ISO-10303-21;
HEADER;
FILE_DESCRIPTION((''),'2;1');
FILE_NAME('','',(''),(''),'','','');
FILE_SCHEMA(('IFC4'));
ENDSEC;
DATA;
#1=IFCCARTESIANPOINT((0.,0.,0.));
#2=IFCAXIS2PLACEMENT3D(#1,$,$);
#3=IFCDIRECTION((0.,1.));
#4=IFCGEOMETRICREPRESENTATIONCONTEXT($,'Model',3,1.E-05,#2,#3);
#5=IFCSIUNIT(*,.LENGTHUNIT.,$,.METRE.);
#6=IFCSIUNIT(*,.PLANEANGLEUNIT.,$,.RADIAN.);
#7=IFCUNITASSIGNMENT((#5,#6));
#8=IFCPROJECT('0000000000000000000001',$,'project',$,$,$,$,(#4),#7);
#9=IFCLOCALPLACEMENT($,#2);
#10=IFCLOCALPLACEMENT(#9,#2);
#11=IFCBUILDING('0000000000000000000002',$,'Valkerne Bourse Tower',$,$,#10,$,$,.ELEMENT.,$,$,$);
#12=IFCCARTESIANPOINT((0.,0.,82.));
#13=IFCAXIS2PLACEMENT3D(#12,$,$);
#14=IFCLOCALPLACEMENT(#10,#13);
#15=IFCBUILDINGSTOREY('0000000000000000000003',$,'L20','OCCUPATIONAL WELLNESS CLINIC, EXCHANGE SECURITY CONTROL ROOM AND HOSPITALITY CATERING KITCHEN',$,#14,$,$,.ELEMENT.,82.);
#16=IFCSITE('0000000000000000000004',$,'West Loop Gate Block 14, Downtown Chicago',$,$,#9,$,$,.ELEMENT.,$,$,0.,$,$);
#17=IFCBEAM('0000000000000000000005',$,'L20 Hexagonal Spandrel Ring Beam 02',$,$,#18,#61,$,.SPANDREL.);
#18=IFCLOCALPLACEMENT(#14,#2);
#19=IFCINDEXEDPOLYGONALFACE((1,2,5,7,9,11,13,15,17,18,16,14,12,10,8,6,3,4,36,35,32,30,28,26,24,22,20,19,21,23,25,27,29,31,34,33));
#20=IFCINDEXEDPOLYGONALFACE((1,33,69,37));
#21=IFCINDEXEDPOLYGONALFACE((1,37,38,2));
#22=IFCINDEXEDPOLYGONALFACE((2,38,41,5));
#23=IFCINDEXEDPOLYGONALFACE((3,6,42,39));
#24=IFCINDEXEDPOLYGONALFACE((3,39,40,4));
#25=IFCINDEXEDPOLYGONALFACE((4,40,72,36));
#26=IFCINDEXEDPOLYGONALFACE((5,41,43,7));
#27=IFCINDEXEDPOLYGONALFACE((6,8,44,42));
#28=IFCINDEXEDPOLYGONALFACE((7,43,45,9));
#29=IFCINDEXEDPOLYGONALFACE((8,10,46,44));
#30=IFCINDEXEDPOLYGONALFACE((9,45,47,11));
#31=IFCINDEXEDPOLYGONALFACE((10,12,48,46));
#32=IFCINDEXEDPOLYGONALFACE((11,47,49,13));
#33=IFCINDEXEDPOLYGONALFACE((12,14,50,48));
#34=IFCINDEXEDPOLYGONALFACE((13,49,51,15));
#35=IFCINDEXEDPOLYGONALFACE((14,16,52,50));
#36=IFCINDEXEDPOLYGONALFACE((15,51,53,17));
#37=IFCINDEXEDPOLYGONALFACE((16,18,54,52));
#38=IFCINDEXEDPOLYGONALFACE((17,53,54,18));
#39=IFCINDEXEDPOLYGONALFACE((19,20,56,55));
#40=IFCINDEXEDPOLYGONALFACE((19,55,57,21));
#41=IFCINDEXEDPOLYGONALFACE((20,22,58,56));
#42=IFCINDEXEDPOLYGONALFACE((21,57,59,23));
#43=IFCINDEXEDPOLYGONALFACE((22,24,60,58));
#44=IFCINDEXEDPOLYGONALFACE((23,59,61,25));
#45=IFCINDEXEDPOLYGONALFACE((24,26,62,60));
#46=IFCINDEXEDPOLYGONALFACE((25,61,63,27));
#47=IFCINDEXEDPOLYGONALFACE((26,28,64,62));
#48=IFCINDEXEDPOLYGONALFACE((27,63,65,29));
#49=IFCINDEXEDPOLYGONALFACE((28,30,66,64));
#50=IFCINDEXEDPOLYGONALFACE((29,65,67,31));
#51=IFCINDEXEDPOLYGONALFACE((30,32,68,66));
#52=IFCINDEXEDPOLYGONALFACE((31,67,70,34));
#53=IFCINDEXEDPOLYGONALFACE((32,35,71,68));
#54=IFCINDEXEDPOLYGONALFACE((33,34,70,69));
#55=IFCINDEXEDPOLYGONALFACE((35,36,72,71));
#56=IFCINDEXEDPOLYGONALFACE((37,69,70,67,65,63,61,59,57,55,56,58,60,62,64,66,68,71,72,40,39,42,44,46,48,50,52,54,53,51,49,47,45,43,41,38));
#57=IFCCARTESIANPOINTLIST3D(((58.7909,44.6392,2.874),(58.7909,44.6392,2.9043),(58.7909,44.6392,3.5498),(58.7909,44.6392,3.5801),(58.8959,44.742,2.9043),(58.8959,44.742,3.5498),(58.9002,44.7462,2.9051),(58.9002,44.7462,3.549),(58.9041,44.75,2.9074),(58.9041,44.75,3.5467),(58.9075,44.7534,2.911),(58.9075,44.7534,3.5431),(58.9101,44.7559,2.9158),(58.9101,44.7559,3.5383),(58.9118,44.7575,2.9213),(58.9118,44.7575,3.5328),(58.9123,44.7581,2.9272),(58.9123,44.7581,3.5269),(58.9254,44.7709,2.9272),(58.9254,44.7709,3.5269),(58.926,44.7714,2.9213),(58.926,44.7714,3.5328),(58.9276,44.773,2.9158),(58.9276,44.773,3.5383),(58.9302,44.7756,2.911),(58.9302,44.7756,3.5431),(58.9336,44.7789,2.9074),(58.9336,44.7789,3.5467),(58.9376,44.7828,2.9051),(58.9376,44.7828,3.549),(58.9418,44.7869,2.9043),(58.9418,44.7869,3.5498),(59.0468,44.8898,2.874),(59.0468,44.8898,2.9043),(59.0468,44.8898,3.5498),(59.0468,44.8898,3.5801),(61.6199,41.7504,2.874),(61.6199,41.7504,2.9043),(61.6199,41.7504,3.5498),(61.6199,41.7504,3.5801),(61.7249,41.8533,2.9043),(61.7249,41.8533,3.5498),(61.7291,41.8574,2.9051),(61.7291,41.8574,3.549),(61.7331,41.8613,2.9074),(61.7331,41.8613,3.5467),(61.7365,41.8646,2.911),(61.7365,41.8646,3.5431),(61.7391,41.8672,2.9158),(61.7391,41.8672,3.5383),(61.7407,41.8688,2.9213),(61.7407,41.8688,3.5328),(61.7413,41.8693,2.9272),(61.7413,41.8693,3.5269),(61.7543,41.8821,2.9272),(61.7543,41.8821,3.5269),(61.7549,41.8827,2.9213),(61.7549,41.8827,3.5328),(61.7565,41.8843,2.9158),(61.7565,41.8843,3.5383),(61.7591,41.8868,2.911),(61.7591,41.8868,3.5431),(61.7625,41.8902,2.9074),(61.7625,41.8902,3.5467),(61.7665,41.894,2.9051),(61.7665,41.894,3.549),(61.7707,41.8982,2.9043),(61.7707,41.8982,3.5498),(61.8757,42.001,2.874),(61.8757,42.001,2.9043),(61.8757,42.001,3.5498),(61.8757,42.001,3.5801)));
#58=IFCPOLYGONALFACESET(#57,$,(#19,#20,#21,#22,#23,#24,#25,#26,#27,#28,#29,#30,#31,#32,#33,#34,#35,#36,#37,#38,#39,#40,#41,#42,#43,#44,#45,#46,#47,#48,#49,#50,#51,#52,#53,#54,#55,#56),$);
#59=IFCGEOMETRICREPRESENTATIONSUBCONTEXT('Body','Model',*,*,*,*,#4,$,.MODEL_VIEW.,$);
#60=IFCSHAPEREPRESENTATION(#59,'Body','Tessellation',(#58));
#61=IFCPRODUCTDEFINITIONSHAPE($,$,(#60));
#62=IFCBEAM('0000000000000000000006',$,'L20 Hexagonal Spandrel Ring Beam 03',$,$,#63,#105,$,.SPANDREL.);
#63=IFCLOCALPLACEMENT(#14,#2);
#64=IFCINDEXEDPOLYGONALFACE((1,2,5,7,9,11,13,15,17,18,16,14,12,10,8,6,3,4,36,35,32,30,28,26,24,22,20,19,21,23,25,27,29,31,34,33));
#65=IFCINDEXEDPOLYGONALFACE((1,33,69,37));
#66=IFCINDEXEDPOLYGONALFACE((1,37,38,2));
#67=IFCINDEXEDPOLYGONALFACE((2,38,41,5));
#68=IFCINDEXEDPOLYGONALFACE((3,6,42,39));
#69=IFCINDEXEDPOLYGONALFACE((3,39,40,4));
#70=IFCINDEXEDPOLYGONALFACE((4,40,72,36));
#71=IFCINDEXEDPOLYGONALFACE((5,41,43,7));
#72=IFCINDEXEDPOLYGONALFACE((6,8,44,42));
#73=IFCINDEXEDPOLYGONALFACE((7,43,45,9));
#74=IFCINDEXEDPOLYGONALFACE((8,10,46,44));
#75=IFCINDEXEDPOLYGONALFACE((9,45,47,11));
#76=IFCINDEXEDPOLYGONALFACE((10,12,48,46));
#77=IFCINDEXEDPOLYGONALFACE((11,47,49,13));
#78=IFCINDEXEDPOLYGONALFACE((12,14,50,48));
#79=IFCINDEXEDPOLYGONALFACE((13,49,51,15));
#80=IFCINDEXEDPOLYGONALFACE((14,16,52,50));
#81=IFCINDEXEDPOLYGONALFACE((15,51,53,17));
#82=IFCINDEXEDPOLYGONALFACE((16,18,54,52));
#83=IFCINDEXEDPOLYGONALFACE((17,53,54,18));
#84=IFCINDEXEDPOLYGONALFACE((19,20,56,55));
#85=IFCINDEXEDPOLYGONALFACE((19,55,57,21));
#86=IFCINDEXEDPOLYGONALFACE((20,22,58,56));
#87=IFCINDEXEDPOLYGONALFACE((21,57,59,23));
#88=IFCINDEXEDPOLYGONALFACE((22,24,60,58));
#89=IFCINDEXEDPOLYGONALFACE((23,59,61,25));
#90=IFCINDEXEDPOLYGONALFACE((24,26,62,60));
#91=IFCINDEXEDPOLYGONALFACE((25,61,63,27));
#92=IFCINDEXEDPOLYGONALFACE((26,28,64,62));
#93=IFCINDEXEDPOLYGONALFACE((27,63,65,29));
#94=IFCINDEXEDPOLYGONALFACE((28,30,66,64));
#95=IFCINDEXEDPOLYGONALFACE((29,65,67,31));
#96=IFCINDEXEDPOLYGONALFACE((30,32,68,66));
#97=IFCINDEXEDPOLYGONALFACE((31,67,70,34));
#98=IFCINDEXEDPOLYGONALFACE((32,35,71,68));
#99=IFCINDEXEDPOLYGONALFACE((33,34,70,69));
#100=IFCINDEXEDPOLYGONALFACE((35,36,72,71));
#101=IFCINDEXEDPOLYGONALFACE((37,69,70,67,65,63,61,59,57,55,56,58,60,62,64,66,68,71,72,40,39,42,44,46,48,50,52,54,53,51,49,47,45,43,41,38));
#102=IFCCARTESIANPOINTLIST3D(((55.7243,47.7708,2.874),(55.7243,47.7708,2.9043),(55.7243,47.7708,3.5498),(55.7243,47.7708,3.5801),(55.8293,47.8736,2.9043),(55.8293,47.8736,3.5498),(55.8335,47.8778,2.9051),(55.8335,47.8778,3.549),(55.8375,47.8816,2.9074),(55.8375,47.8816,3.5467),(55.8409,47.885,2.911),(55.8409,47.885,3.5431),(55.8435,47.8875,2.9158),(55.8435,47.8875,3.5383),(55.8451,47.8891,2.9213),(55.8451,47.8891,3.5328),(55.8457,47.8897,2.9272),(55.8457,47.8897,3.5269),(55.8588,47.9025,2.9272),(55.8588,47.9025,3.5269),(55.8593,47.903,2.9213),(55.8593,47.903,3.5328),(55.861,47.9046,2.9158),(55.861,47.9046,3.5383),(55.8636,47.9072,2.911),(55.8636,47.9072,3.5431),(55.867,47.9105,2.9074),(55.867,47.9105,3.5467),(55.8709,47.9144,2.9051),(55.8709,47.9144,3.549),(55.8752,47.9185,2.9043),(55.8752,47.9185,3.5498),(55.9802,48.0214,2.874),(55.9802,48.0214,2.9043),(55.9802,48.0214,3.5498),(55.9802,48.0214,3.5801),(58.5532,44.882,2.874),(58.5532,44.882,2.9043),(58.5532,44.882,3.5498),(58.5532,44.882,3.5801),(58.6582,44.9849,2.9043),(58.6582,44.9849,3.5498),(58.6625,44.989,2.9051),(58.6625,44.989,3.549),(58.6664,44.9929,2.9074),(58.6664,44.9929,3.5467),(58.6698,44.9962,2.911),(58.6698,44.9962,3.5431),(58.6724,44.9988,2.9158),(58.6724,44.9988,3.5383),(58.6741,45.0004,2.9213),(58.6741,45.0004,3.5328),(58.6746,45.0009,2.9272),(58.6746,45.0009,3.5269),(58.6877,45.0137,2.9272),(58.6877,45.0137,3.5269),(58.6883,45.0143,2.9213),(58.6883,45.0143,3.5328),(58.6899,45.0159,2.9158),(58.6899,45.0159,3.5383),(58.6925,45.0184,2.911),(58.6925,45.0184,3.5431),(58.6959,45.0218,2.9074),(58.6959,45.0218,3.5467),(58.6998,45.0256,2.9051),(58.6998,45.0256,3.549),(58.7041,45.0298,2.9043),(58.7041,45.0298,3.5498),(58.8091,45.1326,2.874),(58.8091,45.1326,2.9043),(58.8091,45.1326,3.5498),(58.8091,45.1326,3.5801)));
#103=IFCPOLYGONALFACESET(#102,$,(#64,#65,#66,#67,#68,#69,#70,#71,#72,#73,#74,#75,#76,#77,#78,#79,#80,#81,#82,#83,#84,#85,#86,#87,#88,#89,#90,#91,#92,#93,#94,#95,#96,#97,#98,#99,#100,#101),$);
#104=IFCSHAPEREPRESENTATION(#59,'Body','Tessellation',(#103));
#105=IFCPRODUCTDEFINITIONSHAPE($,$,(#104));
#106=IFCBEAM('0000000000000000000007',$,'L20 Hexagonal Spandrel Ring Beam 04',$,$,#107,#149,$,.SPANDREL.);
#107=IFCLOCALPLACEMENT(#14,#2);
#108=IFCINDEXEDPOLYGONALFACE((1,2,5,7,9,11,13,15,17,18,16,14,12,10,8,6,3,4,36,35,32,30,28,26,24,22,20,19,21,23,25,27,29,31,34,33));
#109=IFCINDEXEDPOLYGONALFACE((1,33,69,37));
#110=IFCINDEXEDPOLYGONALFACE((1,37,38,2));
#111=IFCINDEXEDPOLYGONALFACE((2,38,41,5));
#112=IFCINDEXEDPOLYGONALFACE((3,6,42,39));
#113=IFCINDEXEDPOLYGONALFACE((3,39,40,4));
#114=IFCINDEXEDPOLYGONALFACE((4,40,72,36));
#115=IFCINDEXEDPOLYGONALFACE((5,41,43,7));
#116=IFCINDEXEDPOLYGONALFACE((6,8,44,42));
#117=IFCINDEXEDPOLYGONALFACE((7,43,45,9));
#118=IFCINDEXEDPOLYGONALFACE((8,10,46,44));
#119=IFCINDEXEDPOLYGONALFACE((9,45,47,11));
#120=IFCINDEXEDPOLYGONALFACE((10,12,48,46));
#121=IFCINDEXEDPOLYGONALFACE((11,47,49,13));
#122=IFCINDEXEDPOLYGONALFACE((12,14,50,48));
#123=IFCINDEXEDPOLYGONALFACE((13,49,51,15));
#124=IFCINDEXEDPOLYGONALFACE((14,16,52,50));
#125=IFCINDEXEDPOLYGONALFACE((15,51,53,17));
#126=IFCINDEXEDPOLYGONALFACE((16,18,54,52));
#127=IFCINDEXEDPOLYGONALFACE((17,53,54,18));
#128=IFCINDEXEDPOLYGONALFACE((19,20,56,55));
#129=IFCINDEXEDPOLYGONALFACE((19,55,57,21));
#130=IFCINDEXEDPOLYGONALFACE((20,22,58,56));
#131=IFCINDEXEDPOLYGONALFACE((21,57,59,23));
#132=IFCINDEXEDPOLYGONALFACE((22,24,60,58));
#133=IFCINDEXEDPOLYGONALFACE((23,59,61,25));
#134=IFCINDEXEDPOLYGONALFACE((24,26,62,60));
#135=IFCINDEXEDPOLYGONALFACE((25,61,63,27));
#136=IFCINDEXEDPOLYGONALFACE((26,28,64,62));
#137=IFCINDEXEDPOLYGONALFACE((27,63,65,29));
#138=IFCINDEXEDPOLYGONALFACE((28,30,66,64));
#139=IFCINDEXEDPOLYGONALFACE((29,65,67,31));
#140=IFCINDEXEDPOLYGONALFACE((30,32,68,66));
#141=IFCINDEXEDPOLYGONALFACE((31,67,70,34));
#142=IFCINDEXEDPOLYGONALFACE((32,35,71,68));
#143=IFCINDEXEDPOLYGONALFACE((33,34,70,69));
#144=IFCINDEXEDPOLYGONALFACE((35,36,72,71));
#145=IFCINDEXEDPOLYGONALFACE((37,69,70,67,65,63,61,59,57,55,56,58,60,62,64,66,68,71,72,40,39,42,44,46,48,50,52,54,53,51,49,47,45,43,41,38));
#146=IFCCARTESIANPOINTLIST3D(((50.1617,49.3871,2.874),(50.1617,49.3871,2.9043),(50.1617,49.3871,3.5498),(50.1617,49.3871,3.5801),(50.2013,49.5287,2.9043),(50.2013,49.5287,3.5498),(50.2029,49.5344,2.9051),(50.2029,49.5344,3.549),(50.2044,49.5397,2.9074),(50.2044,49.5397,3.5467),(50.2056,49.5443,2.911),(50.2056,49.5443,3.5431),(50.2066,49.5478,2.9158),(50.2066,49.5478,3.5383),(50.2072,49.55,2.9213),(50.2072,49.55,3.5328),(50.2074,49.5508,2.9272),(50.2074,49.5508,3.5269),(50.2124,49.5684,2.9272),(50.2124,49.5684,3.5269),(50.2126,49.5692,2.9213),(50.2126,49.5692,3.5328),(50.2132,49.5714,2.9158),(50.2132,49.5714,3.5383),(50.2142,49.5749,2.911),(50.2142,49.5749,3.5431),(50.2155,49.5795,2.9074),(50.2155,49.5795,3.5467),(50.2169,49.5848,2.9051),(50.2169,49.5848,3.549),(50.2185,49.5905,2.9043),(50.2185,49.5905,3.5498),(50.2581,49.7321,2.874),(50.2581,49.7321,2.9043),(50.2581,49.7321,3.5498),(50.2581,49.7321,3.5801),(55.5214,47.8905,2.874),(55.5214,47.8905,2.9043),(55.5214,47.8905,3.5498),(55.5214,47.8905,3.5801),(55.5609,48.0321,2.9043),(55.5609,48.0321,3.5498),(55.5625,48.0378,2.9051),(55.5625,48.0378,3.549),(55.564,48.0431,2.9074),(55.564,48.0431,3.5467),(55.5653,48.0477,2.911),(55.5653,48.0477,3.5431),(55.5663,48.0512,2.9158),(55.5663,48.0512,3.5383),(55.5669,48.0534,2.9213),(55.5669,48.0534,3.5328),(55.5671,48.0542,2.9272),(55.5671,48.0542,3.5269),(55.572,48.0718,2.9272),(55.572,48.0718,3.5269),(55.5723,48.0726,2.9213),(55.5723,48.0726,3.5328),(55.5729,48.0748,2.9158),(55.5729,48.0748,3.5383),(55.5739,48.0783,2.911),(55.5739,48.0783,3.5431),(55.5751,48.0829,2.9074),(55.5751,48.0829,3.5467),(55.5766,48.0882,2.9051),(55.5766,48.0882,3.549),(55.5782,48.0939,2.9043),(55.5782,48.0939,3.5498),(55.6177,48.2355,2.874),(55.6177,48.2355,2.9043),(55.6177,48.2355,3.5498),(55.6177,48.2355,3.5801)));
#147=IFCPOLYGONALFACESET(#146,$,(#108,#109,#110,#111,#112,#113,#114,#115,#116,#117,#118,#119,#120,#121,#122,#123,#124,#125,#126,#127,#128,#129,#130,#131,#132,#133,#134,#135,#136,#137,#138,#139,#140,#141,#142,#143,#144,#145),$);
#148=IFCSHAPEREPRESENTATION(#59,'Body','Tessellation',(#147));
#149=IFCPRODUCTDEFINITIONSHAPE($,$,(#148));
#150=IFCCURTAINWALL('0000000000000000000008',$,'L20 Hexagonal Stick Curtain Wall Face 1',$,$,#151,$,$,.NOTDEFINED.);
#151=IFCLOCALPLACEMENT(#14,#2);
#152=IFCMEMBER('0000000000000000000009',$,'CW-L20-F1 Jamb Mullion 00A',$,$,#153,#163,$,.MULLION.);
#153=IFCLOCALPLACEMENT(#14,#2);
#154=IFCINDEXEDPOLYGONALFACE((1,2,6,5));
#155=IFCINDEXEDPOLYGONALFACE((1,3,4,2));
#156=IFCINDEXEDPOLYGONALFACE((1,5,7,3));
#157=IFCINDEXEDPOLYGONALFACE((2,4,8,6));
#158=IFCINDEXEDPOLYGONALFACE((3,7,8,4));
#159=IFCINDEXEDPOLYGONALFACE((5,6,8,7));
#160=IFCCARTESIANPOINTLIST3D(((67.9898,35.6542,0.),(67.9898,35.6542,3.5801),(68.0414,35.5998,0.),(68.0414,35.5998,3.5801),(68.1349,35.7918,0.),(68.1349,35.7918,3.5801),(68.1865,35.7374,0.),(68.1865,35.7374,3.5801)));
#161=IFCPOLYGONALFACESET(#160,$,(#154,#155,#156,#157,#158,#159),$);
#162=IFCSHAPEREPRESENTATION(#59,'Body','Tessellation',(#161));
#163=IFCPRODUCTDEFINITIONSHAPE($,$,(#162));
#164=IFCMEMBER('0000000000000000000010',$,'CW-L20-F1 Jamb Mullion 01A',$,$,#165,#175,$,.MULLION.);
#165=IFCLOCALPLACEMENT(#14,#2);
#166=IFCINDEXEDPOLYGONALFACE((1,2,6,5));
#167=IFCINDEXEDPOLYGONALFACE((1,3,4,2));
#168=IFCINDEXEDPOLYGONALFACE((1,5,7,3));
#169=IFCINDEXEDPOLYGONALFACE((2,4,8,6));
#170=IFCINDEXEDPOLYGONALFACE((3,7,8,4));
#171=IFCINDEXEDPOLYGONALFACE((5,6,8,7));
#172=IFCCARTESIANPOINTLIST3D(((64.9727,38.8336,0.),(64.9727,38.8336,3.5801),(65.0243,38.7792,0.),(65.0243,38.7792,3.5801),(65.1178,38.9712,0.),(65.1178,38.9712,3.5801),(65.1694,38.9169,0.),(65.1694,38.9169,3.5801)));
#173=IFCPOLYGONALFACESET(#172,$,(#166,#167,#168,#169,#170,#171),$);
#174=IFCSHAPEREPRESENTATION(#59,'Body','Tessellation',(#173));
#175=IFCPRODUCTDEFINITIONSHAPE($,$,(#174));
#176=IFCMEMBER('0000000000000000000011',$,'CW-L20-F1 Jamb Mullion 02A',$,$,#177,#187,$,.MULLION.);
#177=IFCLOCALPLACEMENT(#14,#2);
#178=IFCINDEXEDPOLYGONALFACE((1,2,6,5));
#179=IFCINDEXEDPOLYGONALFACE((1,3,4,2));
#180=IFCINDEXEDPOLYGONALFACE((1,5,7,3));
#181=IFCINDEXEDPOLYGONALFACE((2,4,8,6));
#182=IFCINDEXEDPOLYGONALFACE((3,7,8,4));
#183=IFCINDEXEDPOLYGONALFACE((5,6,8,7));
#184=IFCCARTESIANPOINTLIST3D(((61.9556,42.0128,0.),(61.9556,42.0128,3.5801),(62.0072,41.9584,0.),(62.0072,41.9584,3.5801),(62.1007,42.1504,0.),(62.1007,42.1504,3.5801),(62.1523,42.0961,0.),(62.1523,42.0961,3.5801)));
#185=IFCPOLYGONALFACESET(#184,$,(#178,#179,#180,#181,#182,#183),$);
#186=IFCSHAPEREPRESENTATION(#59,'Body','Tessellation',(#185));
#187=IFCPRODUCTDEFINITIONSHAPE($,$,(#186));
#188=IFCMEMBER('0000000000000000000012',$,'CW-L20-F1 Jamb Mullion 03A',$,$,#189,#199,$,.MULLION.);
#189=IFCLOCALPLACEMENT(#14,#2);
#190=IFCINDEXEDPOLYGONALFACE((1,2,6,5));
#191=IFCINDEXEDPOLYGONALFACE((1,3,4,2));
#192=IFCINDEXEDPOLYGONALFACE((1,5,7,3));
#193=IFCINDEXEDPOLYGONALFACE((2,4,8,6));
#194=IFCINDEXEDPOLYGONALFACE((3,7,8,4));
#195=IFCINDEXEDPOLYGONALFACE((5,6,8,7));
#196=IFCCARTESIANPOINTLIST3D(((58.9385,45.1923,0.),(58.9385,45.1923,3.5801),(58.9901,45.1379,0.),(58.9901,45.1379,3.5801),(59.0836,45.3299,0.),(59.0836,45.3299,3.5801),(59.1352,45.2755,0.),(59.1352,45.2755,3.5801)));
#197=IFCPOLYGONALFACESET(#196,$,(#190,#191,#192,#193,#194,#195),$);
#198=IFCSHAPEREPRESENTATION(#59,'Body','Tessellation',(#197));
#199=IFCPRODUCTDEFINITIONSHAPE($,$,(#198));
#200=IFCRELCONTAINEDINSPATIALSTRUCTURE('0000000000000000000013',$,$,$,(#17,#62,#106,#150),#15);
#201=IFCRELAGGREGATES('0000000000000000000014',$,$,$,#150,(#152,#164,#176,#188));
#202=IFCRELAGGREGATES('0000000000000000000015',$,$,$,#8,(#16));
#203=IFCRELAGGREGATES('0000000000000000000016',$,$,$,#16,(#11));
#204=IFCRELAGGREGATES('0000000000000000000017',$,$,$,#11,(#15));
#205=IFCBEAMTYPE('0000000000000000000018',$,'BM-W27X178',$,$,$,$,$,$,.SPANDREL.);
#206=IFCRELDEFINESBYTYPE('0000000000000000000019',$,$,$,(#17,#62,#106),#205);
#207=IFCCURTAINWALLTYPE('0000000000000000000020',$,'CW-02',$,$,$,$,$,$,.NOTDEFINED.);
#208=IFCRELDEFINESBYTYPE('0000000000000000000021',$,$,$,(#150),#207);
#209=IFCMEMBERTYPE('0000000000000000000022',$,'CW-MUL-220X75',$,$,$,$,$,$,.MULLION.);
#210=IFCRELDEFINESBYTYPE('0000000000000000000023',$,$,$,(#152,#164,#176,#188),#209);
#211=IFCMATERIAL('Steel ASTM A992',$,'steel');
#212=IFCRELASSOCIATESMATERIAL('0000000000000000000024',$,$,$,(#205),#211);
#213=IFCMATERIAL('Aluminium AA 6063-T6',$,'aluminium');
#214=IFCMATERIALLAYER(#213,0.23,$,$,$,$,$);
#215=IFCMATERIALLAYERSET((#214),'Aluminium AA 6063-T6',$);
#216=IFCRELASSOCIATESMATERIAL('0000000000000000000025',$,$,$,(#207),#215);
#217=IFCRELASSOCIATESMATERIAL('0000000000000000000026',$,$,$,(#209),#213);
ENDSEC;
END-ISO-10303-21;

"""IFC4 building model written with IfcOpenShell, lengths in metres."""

from ifc_helpers import new_model, si_unit, direction, frame, origin, origin_2d, place, context, subcontext, project, spatial, rectangle, i_section, extrude, material, layer, layer_set, material_profile, profile_set, type_object, element, aggregate, save


model = new_model("IFC4")

# Units and contexts
model_context = context("Model", 3, precision=1e-05, world=origin(), true_north=direction((0.0, 1.0)))
body_context = subcontext(model_context, "Body", "Model", "MODEL_VIEW")
ifc_project = project(units=[si_unit("LENGTHUNIT", "METRE"), si_unit("PLANEANGLEUNIT", "RADIAN")], contexts=[model_context])

# Site, building, storey
site_placement = place(None, origin())
site = spatial("IfcSite", under=ifc_project, at=site_placement, Name="West Loop Gate Block 14, Downtown Chicago", CompositionType="ELEMENT", RefElevation=0.0)
building_placement = place(site_placement, origin())
building = spatial("IfcBuilding", under=site, at=building_placement, Name="Valkerne Bourse Tower", CompositionType="ELEMENT")
storey_placement = place(building_placement, frame((0.0, 0.0, 82.0)))
storey = spatial("IfcBuildingStorey", under=building, at=storey_placement, Name="L20", Description="OCCUPATIONAL WELLNESS CLINIC, EXCHANGE SECURITY CONTROL ROOM AND HOSPITALITY CATERING KITCHEN", CompositionType="ELEMENT", Elevation=82.0)

# Beams
ifc_material_1 = material(Name="Steel ASTM A992", Category="steel")
ifc_material_profile_1 = material_profile(ifc_material_1, i_section(OverallWidth=0.3582, OverallDepth=0.7061, WebThickness=0.0183, FlangeThickness=0.0303, FilletRadius=0.0229, at=origin_2d()), Name="W27X178")
ifc_profile_set_1 = profile_set([ifc_material_profile_1], Name="Steel ASTM A992")
beam_type = type_object("IfcBeamType", Name="BM-W27X178", PredefinedType="SPANDREL", material=ifc_profile_set_1)
for number, where, z_axis, x_axis, name in (
    (1, (61.7478, 41.8757, 3.2271), (-0.699671, 0.714465, 0.0), (-0.714465, -0.699671, 0.0), "L20 Hexagonal Spandrel Ring Beam 02"),
    (2, (58.6812, 45.0073, 3.2271), (-0.699671, 0.714465, 0.0), (-0.714465, -0.699671, 0.0), "L20 Hexagonal Spandrel Ring Beam 03"),
):
    element("IfcBeam", number, at=place(storey_placement, frame(where, z_axis=z_axis, x_axis=x_axis)), inside=storey, type_object=beam_type, Name=name, PredefinedType="SPANDREL", context=body_context, shape_type="SweptSolid", body=[
        extrude(i_section(OverallWidth=0.3582, OverallDepth=0.7061, WebThickness=0.0183, FlangeThickness=0.0303, FilletRadius=0.0229, at=origin_2d()), origin(), (0.0, 0.0, 1.0), 4.0432),
    ])
beam_1_placement = place(storey_placement, frame((55.5696, 48.063, 3.2271), z_axis=(-0.963156, 0.268945, 0.0), x_axis=(-0.268945, -0.963156, 0.0)))
element("IfcBeam", 3, at=beam_1_placement, inside=storey, type_object=beam_type, Name="L20 Hexagonal Spandrel Ring Beam 04", PredefinedType="SPANDREL", context=body_context, shape_type="SweptSolid", body=[
    extrude(i_section(OverallWidth=0.3582, OverallDepth=0.7061, WebThickness=0.0183, FlangeThickness=0.0303, FilletRadius=0.0229, at=origin_2d()), origin(), (0.0, 0.0, 1.0), 5.5647),
])

# Curtain wall, members
ifc_material_2 = material(Name="Aluminium AA 6063-T6", Category="aluminium")
ifc_layer_1 = layer(ifc_material_2, 0.23)
ifc_layer_set_1 = layer_set([ifc_layer_1], Name="Aluminium AA 6063-T6")
curtain_wall_type = type_object("IfcCurtainWallType", Name="CW-02", PredefinedType="NOTDEFINED", material=ifc_layer_set_1)
curtain_wall_placement = place(storey_placement, origin())
curtain_wall = element("IfcCurtainWall", 4, at=curtain_wall_placement, inside=storey, type_object=curtain_wall_type, Name="L20 Hexagonal Stick Curtain Wall Face 1", PredefinedType="NOTDEFINED")
ifc_material_profile_2 = material_profile(ifc_material_2, rectangle(XDim=0.075, YDim=0.2, at=origin_2d()), Name="CWM-75X200")
ifc_profile_set_2 = profile_set([ifc_material_profile_2], Name="Aluminium AA 6063-T6")
member_type_1 = type_object("IfcMemberType", Name="CW-MUL-220X75", PredefinedType="MULLION", material=ifc_profile_set_2)
member_1_placement = place(storey_placement, frame((68.0881, 35.6958, 0.0), z_axis=(0.0, 0.0, 1.0), x_axis=(-0.688361, 0.725368, 0.0)))
member_1 = element("IfcMember", 5, at=member_1_placement, type_object=member_type_1, Name="CW-L20-F1 Jamb Mullion 00A", PredefinedType="MULLION", context=body_context, shape_type="SweptSolid", body=[
    extrude(rectangle(XDim=0.075, YDim=0.2, at=origin_2d()), origin(), (0.0, 0.0, 1.0), 3.5801),
])
member_2_placement = place(storey_placement, frame((65.071, 38.8752, 0.0), z_axis=(0.0, 0.0, 1.0), x_axis=(-0.688349, 0.725379, 0.0)))
member_2 = element("IfcMember", 6, at=member_2_placement, type_object=member_type_1, Name="CW-L20-F1 Jamb Mullion 01A", PredefinedType="MULLION", context=body_context, shape_type="SweptSolid", body=[
    extrude(rectangle(XDim=0.075, YDim=0.2, at=origin_2d()), origin(), (0.0, 0.0, 1.0), 3.5801),
])
member_3_placement = place(storey_placement, frame((62.054, 42.0544, 0.0), z_axis=(0.0, 0.0, 1.0), x_axis=(-0.688361, 0.725368, 0.0)))
member_3 = element("IfcMember", 7, at=member_3_placement, type_object=member_type_1, Name="CW-L20-F1 Jamb Mullion 02A", PredefinedType="MULLION", context=body_context, shape_type="SweptSolid", body=[
    extrude(rectangle(XDim=0.075, YDim=0.2, at=origin_2d()), origin(), (0.0, 0.0, 1.0), 3.5801),
])
member_4_placement = place(storey_placement, frame((59.0369, 45.2339, 0.0), z_axis=(0.0, 0.0, 1.0), x_axis=(-0.688338, 0.72539, 0.0)))
member_4 = element("IfcMember", 8, at=member_4_placement, type_object=member_type_1, Name="CW-L20-F1 Jamb Mullion 03A", PredefinedType="MULLION", context=body_context, shape_type="SweptSolid", body=[
    extrude(rectangle(XDim=0.075, YDim=0.2, at=origin_2d()), origin(), (0.0, 0.0, 1.0), 3.5801),
])

aggregate(curtain_wall, [member_1, member_2, member_3, member_4])

save(model, "model.ifc")
